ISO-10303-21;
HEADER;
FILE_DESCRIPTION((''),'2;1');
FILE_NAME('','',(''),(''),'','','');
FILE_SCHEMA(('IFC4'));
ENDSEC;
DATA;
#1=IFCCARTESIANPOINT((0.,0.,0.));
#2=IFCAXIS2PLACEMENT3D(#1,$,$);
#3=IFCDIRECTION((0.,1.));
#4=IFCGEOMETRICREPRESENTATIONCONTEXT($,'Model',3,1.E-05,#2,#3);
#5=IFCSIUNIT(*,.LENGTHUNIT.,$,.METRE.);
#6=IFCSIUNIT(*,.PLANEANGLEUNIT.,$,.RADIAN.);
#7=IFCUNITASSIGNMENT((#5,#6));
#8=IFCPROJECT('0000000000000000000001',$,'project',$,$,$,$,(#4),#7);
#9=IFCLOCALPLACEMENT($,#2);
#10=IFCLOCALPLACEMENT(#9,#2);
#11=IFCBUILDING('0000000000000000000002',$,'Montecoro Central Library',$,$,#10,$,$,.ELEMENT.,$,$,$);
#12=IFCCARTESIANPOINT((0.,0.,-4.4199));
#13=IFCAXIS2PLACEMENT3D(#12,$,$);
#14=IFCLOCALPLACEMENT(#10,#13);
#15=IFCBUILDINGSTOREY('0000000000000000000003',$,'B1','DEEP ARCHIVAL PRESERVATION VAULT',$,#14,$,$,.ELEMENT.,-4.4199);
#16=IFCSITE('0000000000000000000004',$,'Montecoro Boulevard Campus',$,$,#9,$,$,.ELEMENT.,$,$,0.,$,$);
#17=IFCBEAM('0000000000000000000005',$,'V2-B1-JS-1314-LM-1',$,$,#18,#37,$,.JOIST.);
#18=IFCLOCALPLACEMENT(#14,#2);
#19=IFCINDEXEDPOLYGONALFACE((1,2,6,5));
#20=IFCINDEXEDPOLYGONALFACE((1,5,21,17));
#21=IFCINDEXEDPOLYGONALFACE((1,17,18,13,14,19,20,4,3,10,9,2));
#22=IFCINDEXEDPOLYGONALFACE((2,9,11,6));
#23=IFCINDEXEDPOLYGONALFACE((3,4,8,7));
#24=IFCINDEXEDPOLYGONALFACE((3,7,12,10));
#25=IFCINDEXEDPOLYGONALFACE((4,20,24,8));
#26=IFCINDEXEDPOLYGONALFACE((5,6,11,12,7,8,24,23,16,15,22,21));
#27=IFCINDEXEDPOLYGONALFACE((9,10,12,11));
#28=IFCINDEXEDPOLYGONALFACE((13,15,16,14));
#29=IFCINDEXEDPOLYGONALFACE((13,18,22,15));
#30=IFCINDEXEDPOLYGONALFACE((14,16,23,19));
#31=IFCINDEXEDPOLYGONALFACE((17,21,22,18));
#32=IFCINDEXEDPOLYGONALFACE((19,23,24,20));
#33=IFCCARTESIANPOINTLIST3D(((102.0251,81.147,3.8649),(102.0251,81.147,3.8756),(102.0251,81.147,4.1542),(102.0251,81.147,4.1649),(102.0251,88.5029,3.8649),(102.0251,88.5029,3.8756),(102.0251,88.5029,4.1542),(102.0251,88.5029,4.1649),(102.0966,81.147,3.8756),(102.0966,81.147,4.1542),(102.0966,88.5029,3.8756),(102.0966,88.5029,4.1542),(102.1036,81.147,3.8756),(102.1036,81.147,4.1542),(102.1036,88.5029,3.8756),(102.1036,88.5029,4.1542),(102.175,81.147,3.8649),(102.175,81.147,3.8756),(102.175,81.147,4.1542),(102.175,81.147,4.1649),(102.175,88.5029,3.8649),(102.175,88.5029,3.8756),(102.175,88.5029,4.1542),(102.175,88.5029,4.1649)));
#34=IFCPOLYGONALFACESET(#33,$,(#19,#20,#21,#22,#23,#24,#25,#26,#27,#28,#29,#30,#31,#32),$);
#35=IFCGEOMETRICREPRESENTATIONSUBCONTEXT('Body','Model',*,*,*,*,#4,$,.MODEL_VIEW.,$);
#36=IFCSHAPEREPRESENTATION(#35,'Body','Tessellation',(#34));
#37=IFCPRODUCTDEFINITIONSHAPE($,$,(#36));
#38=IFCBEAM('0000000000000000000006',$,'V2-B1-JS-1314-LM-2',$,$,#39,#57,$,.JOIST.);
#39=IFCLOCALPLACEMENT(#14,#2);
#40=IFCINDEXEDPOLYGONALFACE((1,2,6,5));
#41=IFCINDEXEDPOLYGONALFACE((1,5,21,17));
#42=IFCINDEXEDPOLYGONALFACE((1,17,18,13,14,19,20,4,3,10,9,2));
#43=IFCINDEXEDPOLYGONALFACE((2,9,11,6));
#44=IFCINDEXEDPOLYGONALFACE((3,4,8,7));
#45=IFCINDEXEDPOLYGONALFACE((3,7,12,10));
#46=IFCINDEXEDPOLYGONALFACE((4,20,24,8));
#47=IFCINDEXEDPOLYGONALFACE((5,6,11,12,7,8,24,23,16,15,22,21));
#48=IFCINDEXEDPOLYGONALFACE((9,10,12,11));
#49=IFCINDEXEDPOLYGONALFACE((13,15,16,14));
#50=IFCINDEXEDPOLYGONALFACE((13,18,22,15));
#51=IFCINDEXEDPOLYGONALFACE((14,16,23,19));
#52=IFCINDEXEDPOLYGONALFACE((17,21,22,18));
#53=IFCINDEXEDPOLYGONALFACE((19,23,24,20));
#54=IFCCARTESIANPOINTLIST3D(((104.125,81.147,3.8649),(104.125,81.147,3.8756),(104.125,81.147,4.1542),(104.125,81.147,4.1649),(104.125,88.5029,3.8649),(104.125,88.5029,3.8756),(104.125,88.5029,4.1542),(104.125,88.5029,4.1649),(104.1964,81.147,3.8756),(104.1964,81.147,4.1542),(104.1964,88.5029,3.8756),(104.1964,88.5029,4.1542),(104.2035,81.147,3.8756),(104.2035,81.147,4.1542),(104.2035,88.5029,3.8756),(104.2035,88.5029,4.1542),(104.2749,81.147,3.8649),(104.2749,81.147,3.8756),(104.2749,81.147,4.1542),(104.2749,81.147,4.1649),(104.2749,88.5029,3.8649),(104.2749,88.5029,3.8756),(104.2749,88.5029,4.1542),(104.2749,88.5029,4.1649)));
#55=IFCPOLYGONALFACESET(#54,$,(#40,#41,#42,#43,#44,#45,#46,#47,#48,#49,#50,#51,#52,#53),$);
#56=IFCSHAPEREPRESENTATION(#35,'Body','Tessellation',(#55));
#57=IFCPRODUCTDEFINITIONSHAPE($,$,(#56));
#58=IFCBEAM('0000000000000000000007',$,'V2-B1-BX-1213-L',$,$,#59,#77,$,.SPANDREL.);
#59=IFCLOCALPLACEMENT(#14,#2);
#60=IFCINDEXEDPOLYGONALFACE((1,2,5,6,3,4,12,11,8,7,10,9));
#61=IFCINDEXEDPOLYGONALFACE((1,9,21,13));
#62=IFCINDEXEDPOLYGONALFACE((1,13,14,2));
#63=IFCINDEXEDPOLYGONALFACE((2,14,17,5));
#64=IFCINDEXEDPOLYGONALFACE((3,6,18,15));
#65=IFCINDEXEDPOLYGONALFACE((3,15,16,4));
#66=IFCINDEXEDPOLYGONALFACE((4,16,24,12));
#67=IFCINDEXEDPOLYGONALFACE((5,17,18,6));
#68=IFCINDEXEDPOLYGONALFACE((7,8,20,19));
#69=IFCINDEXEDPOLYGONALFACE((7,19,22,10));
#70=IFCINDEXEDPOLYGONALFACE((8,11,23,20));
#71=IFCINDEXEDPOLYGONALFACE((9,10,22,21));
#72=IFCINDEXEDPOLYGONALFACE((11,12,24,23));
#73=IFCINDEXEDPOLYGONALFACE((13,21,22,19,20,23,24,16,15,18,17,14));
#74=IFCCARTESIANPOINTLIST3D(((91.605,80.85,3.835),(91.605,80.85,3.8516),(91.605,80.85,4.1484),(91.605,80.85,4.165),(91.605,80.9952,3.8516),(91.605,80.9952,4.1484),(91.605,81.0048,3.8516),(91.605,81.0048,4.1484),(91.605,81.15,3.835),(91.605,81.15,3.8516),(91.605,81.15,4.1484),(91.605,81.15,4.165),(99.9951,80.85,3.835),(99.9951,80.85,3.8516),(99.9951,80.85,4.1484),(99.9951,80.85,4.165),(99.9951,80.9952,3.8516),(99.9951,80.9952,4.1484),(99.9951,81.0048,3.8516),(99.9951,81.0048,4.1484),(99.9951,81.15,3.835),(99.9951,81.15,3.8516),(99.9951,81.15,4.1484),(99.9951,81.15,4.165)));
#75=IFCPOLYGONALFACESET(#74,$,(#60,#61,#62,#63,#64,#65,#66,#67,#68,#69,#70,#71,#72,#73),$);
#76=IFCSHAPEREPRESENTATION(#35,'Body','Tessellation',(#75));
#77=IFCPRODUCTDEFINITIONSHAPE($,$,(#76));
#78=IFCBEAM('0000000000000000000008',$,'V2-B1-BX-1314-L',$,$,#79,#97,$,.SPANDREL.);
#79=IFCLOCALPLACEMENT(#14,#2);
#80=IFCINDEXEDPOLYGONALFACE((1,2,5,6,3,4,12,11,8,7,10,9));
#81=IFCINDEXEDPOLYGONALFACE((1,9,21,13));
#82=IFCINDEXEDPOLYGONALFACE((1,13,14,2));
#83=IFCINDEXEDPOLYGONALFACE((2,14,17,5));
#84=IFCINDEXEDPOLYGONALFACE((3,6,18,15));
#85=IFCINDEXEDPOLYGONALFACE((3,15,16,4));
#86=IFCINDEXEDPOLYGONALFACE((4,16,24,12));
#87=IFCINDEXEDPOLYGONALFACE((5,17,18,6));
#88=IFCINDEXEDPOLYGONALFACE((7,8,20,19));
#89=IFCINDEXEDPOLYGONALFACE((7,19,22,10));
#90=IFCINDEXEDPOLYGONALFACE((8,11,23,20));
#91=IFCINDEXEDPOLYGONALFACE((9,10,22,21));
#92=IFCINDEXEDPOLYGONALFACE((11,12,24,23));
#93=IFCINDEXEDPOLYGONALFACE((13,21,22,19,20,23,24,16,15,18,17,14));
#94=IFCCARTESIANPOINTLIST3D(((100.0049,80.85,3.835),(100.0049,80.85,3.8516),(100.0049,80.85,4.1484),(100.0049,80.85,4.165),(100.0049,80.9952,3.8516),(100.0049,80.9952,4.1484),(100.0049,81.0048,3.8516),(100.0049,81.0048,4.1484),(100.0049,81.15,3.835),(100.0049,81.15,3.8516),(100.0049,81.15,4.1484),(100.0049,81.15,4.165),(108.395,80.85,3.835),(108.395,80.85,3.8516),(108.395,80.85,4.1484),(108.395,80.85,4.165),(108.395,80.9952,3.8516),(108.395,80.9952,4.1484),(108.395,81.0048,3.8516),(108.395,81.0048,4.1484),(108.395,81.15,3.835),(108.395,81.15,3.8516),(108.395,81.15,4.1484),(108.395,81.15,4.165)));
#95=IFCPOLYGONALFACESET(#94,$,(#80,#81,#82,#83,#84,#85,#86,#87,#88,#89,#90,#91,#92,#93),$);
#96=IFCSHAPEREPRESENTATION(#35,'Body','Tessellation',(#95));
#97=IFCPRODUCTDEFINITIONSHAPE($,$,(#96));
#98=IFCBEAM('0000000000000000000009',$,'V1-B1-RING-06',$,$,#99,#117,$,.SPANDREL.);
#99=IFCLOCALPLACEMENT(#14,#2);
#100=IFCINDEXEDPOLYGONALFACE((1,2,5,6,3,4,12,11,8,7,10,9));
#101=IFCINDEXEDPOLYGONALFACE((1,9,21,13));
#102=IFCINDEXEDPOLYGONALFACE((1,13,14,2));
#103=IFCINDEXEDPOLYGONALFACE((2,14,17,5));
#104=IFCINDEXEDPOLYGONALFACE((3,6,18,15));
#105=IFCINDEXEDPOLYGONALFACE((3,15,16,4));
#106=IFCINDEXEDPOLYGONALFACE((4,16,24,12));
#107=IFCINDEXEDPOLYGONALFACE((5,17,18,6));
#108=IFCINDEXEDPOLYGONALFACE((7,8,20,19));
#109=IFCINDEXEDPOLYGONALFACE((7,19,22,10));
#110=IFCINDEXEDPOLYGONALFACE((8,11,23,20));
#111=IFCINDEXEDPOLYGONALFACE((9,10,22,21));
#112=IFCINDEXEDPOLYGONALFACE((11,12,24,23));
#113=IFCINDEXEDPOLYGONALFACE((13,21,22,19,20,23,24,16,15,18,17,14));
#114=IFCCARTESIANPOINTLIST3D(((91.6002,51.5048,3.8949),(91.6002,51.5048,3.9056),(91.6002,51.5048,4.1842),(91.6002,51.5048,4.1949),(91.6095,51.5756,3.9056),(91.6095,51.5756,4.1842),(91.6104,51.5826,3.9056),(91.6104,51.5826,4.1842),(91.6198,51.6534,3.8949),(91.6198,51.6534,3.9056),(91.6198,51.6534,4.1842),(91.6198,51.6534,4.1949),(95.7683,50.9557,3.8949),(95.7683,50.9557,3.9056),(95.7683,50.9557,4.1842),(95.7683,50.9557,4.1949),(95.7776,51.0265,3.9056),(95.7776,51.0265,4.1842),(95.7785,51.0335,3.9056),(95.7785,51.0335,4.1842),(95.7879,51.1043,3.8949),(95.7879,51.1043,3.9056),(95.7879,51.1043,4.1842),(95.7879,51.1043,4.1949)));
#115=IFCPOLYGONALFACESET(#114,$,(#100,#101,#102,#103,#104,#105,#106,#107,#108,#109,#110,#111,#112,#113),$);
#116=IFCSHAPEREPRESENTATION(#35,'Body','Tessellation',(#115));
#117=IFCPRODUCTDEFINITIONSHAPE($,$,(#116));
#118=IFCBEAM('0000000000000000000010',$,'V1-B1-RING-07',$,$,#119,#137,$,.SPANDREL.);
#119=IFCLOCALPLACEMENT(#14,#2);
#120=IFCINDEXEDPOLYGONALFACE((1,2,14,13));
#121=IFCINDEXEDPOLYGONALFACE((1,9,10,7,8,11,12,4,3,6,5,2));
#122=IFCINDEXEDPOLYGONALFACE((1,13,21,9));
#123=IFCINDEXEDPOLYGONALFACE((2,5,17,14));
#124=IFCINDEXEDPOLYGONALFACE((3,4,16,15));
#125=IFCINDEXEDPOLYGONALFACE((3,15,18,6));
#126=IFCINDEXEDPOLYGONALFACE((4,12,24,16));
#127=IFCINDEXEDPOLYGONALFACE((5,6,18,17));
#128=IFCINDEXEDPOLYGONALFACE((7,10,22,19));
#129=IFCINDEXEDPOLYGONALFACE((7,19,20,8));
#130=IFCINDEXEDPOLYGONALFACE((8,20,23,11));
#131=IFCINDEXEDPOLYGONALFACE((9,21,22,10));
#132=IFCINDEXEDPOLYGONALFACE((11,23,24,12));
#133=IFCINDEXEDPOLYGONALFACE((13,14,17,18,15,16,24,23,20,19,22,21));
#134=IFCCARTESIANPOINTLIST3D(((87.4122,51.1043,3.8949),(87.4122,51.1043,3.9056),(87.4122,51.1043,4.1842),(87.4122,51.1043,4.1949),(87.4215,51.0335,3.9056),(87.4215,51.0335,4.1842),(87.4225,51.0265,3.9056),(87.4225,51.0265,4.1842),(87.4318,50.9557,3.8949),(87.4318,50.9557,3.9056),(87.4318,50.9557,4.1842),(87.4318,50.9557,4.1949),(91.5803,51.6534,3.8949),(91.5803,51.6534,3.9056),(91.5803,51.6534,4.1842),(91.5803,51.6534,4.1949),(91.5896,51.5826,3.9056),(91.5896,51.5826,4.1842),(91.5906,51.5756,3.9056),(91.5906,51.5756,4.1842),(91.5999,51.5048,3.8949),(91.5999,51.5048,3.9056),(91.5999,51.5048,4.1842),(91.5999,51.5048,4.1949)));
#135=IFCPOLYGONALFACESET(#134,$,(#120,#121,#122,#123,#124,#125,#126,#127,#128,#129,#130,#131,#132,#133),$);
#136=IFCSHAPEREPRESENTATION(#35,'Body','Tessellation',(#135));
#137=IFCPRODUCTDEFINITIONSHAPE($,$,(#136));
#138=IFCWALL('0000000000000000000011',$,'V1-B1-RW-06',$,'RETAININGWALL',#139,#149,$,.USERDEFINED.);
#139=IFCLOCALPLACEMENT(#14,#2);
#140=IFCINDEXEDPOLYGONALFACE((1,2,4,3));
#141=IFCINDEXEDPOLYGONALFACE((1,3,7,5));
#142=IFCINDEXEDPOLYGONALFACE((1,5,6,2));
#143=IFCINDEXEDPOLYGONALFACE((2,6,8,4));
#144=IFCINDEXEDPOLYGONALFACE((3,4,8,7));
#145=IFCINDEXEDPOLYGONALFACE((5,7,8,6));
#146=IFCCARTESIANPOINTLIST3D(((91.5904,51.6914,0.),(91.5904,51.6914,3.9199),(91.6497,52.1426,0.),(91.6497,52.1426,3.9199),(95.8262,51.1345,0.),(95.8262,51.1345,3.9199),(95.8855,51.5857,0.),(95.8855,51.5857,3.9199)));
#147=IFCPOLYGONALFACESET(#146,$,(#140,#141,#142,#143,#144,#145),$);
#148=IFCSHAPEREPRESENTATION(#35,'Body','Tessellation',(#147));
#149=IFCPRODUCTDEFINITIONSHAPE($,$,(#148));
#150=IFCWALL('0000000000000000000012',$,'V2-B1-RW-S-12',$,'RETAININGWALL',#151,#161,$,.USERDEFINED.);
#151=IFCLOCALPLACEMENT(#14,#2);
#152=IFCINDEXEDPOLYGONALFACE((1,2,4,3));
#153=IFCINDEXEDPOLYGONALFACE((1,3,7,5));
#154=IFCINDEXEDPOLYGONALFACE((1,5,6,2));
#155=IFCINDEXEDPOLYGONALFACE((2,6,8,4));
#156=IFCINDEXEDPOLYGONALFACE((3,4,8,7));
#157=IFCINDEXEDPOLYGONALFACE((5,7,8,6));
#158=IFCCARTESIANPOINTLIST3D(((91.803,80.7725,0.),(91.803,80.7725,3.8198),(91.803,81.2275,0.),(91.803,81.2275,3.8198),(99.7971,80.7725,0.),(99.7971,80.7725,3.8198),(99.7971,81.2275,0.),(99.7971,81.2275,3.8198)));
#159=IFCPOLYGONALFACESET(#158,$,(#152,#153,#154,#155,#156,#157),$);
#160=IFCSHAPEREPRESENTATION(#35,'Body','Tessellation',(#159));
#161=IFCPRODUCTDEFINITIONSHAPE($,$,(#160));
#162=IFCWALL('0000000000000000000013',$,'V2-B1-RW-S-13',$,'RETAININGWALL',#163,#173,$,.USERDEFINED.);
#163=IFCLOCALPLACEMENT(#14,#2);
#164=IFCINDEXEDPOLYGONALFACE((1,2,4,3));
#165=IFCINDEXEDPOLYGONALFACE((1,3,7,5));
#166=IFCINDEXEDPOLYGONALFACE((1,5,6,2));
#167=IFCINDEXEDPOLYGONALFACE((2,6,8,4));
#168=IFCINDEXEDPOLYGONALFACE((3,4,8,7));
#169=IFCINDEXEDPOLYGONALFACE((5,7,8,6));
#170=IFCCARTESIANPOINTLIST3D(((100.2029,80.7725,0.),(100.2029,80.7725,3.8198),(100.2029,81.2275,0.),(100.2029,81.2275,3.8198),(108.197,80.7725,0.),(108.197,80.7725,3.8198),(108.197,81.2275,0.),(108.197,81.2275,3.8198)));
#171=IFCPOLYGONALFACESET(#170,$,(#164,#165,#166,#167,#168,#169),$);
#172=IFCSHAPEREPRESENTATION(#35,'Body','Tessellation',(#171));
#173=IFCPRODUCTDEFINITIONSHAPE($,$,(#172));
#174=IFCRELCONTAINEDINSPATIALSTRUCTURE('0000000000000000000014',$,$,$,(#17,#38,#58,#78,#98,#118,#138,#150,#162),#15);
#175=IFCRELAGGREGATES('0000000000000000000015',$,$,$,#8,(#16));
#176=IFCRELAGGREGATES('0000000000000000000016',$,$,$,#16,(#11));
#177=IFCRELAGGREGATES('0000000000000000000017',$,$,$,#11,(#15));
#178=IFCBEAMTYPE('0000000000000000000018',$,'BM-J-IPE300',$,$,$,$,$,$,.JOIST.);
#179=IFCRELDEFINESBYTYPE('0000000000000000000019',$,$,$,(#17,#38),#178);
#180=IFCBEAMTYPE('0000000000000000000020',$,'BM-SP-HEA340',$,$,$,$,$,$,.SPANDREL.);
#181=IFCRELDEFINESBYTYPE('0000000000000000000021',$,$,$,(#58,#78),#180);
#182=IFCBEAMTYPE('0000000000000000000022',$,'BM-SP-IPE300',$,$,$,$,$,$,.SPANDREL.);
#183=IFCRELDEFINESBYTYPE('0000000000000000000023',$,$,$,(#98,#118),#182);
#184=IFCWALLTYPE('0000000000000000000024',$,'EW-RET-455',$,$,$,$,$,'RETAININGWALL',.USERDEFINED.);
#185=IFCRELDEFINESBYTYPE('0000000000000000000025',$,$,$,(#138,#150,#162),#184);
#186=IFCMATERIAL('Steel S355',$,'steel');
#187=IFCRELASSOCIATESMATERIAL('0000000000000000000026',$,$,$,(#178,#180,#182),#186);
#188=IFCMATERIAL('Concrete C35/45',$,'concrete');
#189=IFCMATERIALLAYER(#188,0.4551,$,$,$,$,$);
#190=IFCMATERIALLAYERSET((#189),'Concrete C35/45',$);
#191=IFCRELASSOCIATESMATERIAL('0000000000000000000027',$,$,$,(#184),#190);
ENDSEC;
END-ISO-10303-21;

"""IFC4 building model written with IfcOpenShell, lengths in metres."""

from ifc_helpers import new_model, si_unit, direction, frame, frame_2d, origin, origin_2d, place, context, subcontext, project, spatial, rectangle, i_section, extrude, material, layer, layer_set, material_profile, profile_set, type_object, element, save


model = new_model("IFC4")

# Units and contexts
model_context = context("Model", 3, precision=1e-05, world=origin(), true_north=direction((0.0, 1.0)))
body_context = subcontext(model_context, "Body", "Model", "MODEL_VIEW")
ifc_project = project(units=[si_unit("LENGTHUNIT", "METRE"), si_unit("PLANEANGLEUNIT", "RADIAN")], contexts=[model_context])

# Site, building, storey
site_placement = place(None, origin())
site = spatial("IfcSite", under=ifc_project, at=site_placement, Name="Montecoro Boulevard Campus", CompositionType="ELEMENT", RefElevation=0.0)
building_placement = place(site_placement, origin())
building = spatial("IfcBuilding", under=site, at=building_placement, Name="Montecoro Central Library", CompositionType="ELEMENT")
storey_placement = place(building_placement, frame((0.0, 0.0, -4.4199)))
storey = spatial("IfcBuildingStorey", under=building, at=storey_placement, Name="B1", Description="DEEP ARCHIVAL PRESERVATION VAULT", CompositionType="ELEMENT", Elevation=-4.4199)

# Shared definitions
ifc_material_1 = material(Name="Concrete C35/45", Category="concrete")

# Beams
ifc_material_2 = material(Name="Steel S355", Category="steel")
ifc_material_profile_1 = material_profile(ifc_material_2, i_section(OverallWidth=0.1499, OverallDepth=0.3, WebThickness=0.0071, FlangeThickness=0.0107, at=origin_2d()), Name="IPE 300")
ifc_profile_set_1 = profile_set([ifc_material_profile_1], Name="Steel S355")
beam_type_1 = type_object("IfcBeamType", Name="BM-J-IPE300", PredefinedType="JOIST", material=ifc_profile_set_1)
for number, where, z_axis, x_axis, name in (
    (1, (102.1001, 81.147, 4.0149), (0.0, 1.0, 0.0), (-1.0, 0.0, 0.0), "V2-B1-JS-1314-LM-1"),
    (2, (104.2, 81.147, 4.0149), (0.0, 1.0, 0.0), (-1.0, 0.0, 0.0), "V2-B1-JS-1314-LM-2"),
):
    element("IfcBeam", number, at=place(storey_placement, frame(where, z_axis=z_axis, x_axis=x_axis)), inside=storey, type_object=beam_type_1, Name=name, PredefinedType="JOIST", context=body_context, shape_type="SweptSolid", body=[
        extrude(i_section(OverallWidth=0.1499, OverallDepth=0.3, WebThickness=0.0071, FlangeThickness=0.0107, at=origin_2d()), origin(), (0.0, 0.0, 1.0), 7.356),
    ])
ifc_material_profile_2 = material_profile(ifc_material_2, i_section(OverallWidth=0.3, OverallDepth=0.3301, WebThickness=0.0095, FlangeThickness=0.0166, at=origin_2d()), Name="HEA 340")
ifc_profile_set_2 = profile_set([ifc_material_profile_2], Name="Steel S355")
beam_type_2 = type_object("IfcBeamType", Name="BM-SP-HEA340", PredefinedType="SPANDREL", material=ifc_profile_set_2)
for number, where, z_axis, x_axis, name in (
    (3, (91.605, 81.0, 4.0), (1.0, 0.0, 0.0), (0.0, 1.0, 0.0), "V2-B1-BX-1213-L"),
    (4, (100.0049, 81.0, 4.0), (1.0, 0.0, 0.0), (0.0, 1.0, 0.0), "V2-B1-BX-1314-L"),
):
    element("IfcBeam", number, at=place(storey_placement, frame(where, z_axis=z_axis, x_axis=x_axis)), inside=storey, type_object=beam_type_2, Name=name, PredefinedType="SPANDREL", context=body_context, shape_type="SweptSolid", body=[
        extrude(i_section(OverallWidth=0.3, OverallDepth=0.3301, WebThickness=0.0095, FlangeThickness=0.0166, at=origin_2d()), origin(), (0.0, 0.0, 1.0), 8.3901),
    ])
ifc_material_profile_3 = material_profile(ifc_material_2, i_section(OverallWidth=0.1499, OverallDepth=0.3, WebThickness=0.0071, FlangeThickness=0.0107, at=origin_2d()), Name="IPE 300")
ifc_profile_set_3 = profile_set([ifc_material_profile_3], Name="Steel S355")
beam_type_3 = type_object("IfcBeamType", Name="BM-SP-IPE300", PredefinedType="SPANDREL", material=ifc_profile_set_3)
for number, where, z_axis, x_axis, name in (
    (5, (95.7781, 51.03, 4.0449), (-0.991434, 0.130608, 0.0), (-0.130608, -0.991434, 0.0), "V1-B1-RING-06"),
    (6, (91.5901, 51.5791, 4.0449), (-0.991434, -0.130608, 0.0), (0.130608, -0.991434, 0.0), "V1-B1-RING-07"),
):
    element("IfcBeam", number, at=place(storey_placement, frame(where, z_axis=z_axis, x_axis=x_axis)), inside=storey, type_object=beam_type_3, Name=name, PredefinedType="SPANDREL", context=body_context, shape_type="SweptSolid", body=[
        extrude(i_section(OverallWidth=0.1499, OverallDepth=0.3, WebThickness=0.0071, FlangeThickness=0.0107, at=origin_2d()), origin(), (0.0, 0.0, 1.0), 4.2041),
    ])

# Walls
ifc_layer = layer(ifc_material_1, 0.4551)
ifc_layer_set = layer_set([ifc_layer], Name="Concrete C35/45")
wall_type = type_object("IfcWallType", Name="EW-RET-455", ElementType="RETAININGWALL", PredefinedType="USERDEFINED", material=ifc_layer_set)
wall_placement = place(storey_placement, frame((95.856, 51.3601, 0.0), z_axis=(0.0, 0.0, 1.0), x_axis=(-0.991468, 0.130348, 0.0)))
element("IfcWall", 7, at=wall_placement, inside=storey, type_object=wall_type, Name="V1-B1-RW-06", ObjectType="RETAININGWALL", PredefinedType="USERDEFINED", context=body_context, shape_type="SweptSolid", body=[
    extrude(rectangle(XDim=4.2722, YDim=0.4551, at=frame_2d((2.1362, 0.0))), origin(), (0.0, 0.0, 1.0), 3.9199),
])
for number, where, z_axis, x_axis, name in (
    (8, (91.803, 81.0, 0.0), (0.0, 0.0, 1.0), (1.0, 0.0, 0.0), "V2-B1-RW-S-12"),
    (9, (100.2029, 81.0, 0.0), (0.0, 0.0, 1.0), (1.0, 0.0, 0.0), "V2-B1-RW-S-13"),
):
    element("IfcWall", number, at=place(storey_placement, frame(where, z_axis=z_axis, x_axis=x_axis)), inside=storey, type_object=wall_type, Name=name, ObjectType="RETAININGWALL", PredefinedType="USERDEFINED", context=body_context, shape_type="SweptSolid", body=[
        extrude(rectangle(XDim=7.9941, YDim=0.4551, at=frame_2d((3.9971, 0.0))), origin(), (0.0, 0.0, 1.0), 3.8198),
    ])

save(model, "model.ifc")
